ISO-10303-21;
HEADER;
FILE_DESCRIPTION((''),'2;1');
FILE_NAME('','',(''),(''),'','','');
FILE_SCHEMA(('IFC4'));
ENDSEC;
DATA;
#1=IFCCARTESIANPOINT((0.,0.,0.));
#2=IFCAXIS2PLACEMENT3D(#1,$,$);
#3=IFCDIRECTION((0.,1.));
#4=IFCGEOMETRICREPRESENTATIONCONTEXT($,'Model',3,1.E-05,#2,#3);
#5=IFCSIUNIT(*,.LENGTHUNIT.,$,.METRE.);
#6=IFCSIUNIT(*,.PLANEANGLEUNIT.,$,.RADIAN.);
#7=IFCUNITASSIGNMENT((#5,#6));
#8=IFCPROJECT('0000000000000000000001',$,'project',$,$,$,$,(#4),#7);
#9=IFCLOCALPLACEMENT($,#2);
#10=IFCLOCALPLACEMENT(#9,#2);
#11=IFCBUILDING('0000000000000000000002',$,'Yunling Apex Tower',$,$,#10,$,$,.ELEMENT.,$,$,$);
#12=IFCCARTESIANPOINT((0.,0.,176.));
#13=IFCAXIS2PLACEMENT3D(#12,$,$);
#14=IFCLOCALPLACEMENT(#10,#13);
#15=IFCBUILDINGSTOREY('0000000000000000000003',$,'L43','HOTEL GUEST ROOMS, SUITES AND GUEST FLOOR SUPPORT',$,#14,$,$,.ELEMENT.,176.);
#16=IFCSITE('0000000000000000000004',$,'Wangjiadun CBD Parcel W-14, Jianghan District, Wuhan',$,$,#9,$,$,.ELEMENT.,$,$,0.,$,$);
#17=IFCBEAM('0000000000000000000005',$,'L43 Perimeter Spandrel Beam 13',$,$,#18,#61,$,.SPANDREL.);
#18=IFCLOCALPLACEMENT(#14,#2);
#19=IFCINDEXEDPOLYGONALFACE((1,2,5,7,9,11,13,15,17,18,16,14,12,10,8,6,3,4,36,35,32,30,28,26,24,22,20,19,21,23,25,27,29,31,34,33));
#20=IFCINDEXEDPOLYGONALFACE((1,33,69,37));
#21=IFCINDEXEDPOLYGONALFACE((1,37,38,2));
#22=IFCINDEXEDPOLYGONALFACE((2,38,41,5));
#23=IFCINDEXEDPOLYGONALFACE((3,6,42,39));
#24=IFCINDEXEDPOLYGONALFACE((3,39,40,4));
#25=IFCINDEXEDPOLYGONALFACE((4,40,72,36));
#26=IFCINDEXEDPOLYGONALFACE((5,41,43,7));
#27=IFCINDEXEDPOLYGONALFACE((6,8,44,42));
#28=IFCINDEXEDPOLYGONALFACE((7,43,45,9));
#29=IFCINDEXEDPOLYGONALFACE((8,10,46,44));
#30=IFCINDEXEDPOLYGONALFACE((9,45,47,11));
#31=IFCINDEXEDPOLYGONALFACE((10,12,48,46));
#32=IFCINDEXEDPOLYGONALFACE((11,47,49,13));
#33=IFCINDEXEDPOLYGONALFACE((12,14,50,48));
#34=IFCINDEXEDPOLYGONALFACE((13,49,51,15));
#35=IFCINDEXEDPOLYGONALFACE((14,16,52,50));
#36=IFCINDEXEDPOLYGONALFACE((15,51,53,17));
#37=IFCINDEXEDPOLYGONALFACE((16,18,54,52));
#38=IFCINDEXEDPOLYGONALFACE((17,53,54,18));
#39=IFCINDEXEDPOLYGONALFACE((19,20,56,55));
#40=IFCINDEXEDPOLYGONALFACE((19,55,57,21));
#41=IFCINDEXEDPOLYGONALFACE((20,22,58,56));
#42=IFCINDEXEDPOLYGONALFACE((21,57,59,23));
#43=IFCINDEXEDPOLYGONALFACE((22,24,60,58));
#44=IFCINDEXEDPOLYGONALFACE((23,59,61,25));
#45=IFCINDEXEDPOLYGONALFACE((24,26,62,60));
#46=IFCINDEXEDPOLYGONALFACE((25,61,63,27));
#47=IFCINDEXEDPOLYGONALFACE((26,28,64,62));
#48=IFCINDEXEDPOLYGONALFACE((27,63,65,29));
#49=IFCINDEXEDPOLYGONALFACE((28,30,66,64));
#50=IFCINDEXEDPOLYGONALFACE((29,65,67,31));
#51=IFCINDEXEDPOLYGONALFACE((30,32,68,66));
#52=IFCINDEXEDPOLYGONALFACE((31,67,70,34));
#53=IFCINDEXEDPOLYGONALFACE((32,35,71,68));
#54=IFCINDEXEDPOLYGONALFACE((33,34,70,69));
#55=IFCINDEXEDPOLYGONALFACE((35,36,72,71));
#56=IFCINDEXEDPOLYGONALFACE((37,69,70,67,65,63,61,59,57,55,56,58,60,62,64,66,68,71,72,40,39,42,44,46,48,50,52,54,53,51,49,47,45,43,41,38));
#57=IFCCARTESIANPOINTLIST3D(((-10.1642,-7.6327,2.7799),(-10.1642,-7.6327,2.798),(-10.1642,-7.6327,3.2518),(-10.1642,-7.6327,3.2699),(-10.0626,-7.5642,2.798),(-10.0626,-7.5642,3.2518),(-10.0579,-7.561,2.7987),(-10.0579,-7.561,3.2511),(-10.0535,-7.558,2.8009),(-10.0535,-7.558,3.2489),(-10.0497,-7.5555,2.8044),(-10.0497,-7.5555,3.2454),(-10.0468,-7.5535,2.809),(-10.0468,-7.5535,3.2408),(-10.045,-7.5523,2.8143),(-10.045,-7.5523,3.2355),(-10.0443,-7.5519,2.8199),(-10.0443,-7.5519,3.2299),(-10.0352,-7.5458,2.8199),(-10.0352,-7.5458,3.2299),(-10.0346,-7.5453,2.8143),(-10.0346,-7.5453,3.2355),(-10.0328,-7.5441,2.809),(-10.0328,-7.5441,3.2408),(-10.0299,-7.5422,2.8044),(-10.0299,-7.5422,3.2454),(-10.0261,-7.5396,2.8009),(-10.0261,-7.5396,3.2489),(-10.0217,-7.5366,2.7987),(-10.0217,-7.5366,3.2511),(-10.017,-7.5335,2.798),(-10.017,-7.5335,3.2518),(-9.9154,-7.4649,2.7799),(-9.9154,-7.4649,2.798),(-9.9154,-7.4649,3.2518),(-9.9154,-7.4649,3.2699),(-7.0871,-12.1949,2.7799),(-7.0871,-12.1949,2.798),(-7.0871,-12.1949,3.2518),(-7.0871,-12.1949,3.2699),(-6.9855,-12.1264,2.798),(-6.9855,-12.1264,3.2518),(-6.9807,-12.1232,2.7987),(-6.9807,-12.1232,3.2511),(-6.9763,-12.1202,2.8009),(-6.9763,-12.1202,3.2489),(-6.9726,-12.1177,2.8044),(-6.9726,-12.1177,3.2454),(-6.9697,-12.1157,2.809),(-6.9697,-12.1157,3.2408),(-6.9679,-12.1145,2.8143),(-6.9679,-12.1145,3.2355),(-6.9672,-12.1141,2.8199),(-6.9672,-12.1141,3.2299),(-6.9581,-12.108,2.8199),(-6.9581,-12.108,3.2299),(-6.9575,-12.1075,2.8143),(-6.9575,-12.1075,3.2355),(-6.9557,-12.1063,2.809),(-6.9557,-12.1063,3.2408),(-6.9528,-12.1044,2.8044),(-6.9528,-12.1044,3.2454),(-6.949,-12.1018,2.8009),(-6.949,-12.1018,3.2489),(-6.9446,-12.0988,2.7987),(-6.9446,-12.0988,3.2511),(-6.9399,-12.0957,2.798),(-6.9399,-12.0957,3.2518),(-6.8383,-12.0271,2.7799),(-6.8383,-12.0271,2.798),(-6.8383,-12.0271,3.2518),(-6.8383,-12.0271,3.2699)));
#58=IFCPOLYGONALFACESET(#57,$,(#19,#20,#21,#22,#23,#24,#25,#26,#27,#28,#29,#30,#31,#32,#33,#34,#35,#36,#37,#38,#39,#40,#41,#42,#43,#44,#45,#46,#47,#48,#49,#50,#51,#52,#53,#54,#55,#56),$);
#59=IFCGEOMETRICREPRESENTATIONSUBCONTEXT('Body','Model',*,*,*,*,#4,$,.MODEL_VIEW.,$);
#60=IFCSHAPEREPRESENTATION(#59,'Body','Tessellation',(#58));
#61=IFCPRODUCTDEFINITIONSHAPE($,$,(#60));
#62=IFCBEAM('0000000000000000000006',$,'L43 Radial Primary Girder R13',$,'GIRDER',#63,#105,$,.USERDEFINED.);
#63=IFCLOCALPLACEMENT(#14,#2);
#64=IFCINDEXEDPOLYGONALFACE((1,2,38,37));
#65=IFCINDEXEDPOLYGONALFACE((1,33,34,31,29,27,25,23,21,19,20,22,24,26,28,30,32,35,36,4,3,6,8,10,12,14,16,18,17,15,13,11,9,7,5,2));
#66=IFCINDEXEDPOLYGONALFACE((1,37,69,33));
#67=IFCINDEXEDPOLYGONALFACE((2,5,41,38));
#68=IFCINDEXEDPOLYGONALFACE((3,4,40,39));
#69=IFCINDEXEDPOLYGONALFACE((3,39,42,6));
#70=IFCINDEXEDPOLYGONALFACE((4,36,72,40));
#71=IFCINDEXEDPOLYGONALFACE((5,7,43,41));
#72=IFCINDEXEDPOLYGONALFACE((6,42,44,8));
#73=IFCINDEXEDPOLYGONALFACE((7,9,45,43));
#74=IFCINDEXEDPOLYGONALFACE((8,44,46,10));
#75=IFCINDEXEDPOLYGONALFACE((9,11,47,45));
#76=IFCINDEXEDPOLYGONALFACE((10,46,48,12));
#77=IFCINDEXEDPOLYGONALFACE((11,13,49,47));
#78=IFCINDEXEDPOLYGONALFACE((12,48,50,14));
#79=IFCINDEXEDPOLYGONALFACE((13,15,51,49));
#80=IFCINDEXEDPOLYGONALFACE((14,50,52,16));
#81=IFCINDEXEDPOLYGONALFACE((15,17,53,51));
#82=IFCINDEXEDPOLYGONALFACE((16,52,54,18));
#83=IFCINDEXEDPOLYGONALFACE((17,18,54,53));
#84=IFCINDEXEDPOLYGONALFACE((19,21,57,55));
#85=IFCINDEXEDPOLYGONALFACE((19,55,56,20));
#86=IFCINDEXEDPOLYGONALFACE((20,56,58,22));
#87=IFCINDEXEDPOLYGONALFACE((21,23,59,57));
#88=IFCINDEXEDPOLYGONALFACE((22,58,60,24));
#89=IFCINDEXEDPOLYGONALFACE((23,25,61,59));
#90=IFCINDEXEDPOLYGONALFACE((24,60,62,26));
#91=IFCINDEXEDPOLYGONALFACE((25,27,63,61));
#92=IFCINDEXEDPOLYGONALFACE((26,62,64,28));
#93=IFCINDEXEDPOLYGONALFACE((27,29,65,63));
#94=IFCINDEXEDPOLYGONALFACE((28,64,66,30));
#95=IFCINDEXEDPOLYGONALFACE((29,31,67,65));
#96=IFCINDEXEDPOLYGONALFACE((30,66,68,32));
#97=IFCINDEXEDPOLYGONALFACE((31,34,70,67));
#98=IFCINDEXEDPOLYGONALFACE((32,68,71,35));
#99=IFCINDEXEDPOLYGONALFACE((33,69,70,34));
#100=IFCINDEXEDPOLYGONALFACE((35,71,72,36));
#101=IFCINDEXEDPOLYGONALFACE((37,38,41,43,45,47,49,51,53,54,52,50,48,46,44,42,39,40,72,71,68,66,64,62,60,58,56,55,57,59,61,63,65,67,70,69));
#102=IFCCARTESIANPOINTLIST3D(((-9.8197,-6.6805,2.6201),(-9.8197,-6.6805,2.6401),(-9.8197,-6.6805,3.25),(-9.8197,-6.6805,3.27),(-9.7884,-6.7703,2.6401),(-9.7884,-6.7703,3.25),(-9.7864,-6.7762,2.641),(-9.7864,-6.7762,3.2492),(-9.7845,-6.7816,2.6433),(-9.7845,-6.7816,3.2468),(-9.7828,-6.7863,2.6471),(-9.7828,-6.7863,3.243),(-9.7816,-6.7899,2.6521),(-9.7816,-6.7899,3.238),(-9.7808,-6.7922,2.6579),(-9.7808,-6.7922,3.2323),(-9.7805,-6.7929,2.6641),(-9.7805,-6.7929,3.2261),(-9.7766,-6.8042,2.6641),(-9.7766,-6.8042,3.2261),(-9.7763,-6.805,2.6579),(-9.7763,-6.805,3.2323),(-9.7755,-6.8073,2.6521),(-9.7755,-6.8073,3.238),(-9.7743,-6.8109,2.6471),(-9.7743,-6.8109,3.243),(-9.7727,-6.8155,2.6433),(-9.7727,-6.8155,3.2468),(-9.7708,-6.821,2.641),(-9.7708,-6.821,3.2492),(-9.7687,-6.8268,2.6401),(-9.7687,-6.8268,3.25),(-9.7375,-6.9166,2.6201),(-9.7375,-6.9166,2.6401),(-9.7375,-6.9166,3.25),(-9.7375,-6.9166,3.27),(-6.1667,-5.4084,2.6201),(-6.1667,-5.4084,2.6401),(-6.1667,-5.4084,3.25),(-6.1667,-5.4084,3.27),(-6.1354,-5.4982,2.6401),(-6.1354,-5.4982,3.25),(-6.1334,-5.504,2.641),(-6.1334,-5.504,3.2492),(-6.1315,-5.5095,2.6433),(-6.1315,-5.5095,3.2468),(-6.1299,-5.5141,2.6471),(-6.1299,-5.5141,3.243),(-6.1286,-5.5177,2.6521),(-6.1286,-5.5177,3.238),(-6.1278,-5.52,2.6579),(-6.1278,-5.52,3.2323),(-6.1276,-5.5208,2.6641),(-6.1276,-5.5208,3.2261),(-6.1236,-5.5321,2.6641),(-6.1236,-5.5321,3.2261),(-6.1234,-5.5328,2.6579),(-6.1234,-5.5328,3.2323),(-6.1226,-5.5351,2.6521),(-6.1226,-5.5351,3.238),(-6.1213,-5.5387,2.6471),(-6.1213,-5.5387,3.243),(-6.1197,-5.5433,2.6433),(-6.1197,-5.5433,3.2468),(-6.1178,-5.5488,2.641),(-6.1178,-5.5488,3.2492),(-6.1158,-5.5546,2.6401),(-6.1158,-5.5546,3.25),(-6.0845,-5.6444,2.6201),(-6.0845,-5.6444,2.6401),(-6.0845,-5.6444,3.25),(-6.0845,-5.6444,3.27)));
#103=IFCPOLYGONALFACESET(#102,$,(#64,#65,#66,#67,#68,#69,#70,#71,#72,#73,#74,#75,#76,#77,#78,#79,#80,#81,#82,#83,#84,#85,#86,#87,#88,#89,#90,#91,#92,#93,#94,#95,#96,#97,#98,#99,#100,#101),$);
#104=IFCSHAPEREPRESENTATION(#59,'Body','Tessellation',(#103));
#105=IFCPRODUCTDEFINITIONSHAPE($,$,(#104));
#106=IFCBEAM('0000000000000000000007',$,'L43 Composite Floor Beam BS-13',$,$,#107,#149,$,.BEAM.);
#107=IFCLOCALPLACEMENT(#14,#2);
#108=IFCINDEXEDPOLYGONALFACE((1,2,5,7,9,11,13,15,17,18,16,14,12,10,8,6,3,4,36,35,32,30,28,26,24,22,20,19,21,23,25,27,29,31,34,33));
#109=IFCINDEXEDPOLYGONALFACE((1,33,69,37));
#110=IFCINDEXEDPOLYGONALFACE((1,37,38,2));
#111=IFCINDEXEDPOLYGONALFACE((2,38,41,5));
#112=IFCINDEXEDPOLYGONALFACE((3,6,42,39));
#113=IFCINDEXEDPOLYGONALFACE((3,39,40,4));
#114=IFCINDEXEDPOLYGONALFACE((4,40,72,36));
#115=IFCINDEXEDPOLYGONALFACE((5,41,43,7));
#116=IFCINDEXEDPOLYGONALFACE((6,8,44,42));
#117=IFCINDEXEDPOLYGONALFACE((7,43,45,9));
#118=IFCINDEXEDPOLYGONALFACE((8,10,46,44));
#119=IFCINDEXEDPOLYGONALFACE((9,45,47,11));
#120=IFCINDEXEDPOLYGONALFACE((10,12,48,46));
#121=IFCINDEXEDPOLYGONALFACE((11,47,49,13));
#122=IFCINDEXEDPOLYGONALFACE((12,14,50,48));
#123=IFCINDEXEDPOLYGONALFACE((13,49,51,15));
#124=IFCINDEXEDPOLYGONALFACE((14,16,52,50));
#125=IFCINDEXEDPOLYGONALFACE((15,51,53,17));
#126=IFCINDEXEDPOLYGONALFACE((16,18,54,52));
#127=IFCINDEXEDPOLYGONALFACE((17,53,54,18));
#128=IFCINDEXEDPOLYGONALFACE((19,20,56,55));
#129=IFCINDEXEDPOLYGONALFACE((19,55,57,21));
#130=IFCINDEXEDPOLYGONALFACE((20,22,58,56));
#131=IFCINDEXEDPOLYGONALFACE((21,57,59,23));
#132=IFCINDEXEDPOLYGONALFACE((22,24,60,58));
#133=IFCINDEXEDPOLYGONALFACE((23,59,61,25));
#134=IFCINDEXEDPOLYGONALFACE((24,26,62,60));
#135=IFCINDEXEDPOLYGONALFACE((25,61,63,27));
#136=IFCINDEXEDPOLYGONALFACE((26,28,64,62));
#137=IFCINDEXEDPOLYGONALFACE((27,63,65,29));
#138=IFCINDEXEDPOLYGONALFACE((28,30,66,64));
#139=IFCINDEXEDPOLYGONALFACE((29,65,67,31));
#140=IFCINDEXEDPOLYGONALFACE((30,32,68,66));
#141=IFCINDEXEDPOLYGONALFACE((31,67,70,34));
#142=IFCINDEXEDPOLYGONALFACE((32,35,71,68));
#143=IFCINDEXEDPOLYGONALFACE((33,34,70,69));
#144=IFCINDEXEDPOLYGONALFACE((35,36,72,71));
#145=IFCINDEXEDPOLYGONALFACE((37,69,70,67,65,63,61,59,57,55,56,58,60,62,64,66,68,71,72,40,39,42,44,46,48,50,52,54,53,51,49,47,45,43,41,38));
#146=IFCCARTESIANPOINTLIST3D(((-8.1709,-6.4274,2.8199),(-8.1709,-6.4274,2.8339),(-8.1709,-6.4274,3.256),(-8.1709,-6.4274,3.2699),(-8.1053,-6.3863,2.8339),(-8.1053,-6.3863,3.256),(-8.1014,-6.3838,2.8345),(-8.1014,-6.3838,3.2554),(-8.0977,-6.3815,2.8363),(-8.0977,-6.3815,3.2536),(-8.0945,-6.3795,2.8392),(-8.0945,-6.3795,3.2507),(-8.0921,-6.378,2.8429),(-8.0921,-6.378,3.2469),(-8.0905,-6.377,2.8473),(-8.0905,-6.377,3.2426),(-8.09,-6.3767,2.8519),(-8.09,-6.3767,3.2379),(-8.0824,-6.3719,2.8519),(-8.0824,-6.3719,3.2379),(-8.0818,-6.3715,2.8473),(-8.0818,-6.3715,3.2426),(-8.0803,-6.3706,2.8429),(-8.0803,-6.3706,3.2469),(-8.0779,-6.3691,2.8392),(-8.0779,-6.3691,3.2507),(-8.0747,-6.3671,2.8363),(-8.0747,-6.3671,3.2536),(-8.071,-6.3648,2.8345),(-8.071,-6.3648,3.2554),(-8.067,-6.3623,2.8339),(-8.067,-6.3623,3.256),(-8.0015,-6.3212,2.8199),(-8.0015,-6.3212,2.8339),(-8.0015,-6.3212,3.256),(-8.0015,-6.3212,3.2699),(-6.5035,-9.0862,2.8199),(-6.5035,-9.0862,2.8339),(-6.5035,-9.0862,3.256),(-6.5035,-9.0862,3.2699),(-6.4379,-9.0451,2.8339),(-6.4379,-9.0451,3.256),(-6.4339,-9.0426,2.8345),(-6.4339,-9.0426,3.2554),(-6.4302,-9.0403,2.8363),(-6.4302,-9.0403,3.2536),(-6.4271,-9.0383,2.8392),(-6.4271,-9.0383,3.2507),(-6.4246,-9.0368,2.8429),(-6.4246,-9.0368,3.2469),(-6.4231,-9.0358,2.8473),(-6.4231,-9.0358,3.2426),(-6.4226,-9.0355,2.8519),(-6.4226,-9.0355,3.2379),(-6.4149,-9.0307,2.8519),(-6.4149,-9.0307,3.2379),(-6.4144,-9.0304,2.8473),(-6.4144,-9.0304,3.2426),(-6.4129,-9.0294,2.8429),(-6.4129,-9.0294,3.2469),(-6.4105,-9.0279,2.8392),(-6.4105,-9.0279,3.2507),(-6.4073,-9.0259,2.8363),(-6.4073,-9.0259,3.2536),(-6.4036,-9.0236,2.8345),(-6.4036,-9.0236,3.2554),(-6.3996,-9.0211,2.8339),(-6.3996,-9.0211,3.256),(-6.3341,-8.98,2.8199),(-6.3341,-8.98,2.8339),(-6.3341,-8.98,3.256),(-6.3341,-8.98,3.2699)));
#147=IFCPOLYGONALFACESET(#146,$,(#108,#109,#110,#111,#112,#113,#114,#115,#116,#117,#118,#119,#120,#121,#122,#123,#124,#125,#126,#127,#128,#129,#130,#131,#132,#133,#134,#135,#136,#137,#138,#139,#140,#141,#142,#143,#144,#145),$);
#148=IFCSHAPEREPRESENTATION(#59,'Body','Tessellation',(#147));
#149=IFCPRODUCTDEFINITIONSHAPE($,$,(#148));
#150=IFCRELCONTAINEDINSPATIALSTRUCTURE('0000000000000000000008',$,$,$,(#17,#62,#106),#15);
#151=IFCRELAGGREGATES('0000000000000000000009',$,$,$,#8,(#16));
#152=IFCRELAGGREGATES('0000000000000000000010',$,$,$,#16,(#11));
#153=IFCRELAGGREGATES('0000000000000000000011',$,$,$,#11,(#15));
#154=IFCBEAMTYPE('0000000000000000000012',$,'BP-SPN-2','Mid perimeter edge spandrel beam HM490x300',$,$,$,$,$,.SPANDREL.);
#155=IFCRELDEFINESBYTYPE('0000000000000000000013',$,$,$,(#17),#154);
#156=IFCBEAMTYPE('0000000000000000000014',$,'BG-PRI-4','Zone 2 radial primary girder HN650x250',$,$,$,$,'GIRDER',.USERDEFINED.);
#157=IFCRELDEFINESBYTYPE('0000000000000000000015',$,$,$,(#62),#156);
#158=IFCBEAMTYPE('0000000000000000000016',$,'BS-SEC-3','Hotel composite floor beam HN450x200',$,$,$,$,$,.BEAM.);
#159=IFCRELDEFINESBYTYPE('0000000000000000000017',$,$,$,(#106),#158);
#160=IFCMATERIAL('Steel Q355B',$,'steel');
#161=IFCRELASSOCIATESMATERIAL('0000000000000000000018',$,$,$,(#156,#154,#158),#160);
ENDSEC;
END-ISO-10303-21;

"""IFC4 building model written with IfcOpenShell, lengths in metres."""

from ifc_helpers import new_model, si_unit, direction, frame, origin, origin_2d, place, context, subcontext, project, spatial, i_section, extrude, source, transform, mapped, material, material_profile, profile_set, type_object, element, save


model = new_model("IFC4")

# Units and contexts
model_context = context("Model", 3, precision=1e-05, world=origin(), true_north=direction((0.0, 1.0)))
body_context = subcontext(model_context, "Body", "Model", "MODEL_VIEW")
ifc_project = project(units=[si_unit("LENGTHUNIT", "METRE"), si_unit("PLANEANGLEUNIT", "RADIAN")], contexts=[model_context])

# Site, building, storey
site_placement = place(None, origin())
site = spatial("IfcSite", under=ifc_project, at=site_placement, Name="Wangjiadun CBD Parcel W-14, Jianghan District, Wuhan", CompositionType="ELEMENT", RefElevation=0.0)
building_placement = place(site_placement, origin())
building = spatial("IfcBuilding", under=site, at=building_placement, Name="Yunling Apex Tower", CompositionType="ELEMENT")
storey_placement = place(building_placement, frame((0.0, 0.0, 176.0)))
storey = spatial("IfcBuildingStorey", under=building, at=storey_placement, Name="L43", Description="HOTEL GUEST ROOMS, SUITES AND GUEST FLOOR SUPPORT", CompositionType="ELEMENT", Elevation=176.0)

# Beams
ifc_material_1 = material(Name="Steel Q355B", Category="steel")
ifc_material_profile_1 = material_profile(ifc_material_1, i_section(OverallWidth=0.25, OverallDepth=0.6499, WebThickness=0.012, FlangeThickness=0.02, FilletRadius=0.0239, at=origin_2d()))
ifc_profile_set_1 = profile_set([ifc_material_profile_1], Name="Steel Q355B")
beam_type_1 = type_object("IfcBeamType", Name="BG-PRI-4", Description="Zone 2 radial primary girder HN650x250", ElementType="GIRDER", PredefinedType="USERDEFINED", material=ifc_profile_set_1)
ifc_material_profile_2 = material_profile(ifc_material_1, i_section(OverallWidth=0.3, OverallDepth=0.49, WebThickness=0.011, FlangeThickness=0.0181, FilletRadius=0.022, at=origin_2d()))
ifc_profile_set_2 = profile_set([ifc_material_profile_2], Name="Steel Q355B")
beam_type_2 = type_object("IfcBeamType", Name="BP-SPN-2", Description="Mid perimeter edge spandrel beam HM490x300", PredefinedType="SPANDREL", material=ifc_profile_set_2)
shared_shape_1 = source(origin(), body_context, "Body", "SweptSolid", [
    extrude(i_section(OverallWidth=0.3, OverallDepth=0.49, WebThickness=0.011, FlangeThickness=0.0181, FilletRadius=0.022, at=origin_2d()), origin(), (0.0, 0.0, 1.0), 5.5029),
])
beam_1_placement = place(storey_placement, frame((-10.0398, -7.5488, 3.0249), z_axis=(0.559176, -0.829049, 0.0), x_axis=(0.829049, 0.559176, 0.0)))
element("IfcBeam", 1, at=beam_1_placement, inside=storey, type_object=beam_type_2, Name="L43 Perimeter Spandrel Beam 13", PredefinedType="SPANDREL", context=body_context, shape_type="MappedRepresentation", body=[
    mapped(shared_shape_1, transform((0.0, 0.0, 0.0), scale=1.0)),
])
shared_shape_2 = source(origin(), body_context, "Body", "SweptSolid", [
    extrude(i_section(OverallWidth=0.25, OverallDepth=0.6499, WebThickness=0.012, FlangeThickness=0.02, FilletRadius=0.0239, at=origin_2d()), origin(), (0.0, 0.0, 1.0), 3.8682),
])
beam_2_placement = place(storey_placement, frame((-9.7786, -6.7986, 2.9451), z_axis=(0.94437, 0.328885, 0.0), x_axis=(-0.328885, 0.94437, 0.0)))
element("IfcBeam", 2, at=beam_2_placement, inside=storey, type_object=beam_type_1, Name="L43 Radial Primary Girder R13", ObjectType="GIRDER", PredefinedType="USERDEFINED", context=body_context, shape_type="MappedRepresentation", body=[
    mapped(shared_shape_2, transform((0.0, 0.0, 0.0), scale=1.0)),
])
ifc_material_profile_3 = material_profile(ifc_material_1, i_section(OverallWidth=0.2, OverallDepth=0.45, WebThickness=0.009, FlangeThickness=0.0139, FilletRadius=0.0181, at=origin_2d()))
ifc_profile_set_3 = profile_set([ifc_material_profile_3], Name="Steel Q355B")
beam_type_3 = type_object("IfcBeamType", Name="BS-SEC-3", Description="Hotel composite floor beam HN450x200", PredefinedType="BEAM", material=ifc_profile_set_3)
shared_shape_3 = source(origin(), body_context, "Body", "SweptSolid", [
    extrude(i_section(OverallWidth=0.2, OverallDepth=0.45, WebThickness=0.009, FlangeThickness=0.0139, FilletRadius=0.0181, at=origin_2d()), origin(), (0.0, 0.0, 1.0), 3.1384),
])
beam_3_placement = place(storey_placement, frame((-8.0862, -6.3743, 3.0449), z_axis=(0.531292, -0.847189, 0.0), x_axis=(0.847189, 0.531292, 0.0)))
element("IfcBeam", 3, at=beam_3_placement, inside=storey, type_object=beam_type_3, Name="L43 Composite Floor Beam BS-13", PredefinedType="BEAM", context=body_context, shape_type="MappedRepresentation", body=[
    mapped(shared_shape_3, transform((0.0, 0.0, 0.0), scale=1.0)),
])

save(model, "model.ifc")
